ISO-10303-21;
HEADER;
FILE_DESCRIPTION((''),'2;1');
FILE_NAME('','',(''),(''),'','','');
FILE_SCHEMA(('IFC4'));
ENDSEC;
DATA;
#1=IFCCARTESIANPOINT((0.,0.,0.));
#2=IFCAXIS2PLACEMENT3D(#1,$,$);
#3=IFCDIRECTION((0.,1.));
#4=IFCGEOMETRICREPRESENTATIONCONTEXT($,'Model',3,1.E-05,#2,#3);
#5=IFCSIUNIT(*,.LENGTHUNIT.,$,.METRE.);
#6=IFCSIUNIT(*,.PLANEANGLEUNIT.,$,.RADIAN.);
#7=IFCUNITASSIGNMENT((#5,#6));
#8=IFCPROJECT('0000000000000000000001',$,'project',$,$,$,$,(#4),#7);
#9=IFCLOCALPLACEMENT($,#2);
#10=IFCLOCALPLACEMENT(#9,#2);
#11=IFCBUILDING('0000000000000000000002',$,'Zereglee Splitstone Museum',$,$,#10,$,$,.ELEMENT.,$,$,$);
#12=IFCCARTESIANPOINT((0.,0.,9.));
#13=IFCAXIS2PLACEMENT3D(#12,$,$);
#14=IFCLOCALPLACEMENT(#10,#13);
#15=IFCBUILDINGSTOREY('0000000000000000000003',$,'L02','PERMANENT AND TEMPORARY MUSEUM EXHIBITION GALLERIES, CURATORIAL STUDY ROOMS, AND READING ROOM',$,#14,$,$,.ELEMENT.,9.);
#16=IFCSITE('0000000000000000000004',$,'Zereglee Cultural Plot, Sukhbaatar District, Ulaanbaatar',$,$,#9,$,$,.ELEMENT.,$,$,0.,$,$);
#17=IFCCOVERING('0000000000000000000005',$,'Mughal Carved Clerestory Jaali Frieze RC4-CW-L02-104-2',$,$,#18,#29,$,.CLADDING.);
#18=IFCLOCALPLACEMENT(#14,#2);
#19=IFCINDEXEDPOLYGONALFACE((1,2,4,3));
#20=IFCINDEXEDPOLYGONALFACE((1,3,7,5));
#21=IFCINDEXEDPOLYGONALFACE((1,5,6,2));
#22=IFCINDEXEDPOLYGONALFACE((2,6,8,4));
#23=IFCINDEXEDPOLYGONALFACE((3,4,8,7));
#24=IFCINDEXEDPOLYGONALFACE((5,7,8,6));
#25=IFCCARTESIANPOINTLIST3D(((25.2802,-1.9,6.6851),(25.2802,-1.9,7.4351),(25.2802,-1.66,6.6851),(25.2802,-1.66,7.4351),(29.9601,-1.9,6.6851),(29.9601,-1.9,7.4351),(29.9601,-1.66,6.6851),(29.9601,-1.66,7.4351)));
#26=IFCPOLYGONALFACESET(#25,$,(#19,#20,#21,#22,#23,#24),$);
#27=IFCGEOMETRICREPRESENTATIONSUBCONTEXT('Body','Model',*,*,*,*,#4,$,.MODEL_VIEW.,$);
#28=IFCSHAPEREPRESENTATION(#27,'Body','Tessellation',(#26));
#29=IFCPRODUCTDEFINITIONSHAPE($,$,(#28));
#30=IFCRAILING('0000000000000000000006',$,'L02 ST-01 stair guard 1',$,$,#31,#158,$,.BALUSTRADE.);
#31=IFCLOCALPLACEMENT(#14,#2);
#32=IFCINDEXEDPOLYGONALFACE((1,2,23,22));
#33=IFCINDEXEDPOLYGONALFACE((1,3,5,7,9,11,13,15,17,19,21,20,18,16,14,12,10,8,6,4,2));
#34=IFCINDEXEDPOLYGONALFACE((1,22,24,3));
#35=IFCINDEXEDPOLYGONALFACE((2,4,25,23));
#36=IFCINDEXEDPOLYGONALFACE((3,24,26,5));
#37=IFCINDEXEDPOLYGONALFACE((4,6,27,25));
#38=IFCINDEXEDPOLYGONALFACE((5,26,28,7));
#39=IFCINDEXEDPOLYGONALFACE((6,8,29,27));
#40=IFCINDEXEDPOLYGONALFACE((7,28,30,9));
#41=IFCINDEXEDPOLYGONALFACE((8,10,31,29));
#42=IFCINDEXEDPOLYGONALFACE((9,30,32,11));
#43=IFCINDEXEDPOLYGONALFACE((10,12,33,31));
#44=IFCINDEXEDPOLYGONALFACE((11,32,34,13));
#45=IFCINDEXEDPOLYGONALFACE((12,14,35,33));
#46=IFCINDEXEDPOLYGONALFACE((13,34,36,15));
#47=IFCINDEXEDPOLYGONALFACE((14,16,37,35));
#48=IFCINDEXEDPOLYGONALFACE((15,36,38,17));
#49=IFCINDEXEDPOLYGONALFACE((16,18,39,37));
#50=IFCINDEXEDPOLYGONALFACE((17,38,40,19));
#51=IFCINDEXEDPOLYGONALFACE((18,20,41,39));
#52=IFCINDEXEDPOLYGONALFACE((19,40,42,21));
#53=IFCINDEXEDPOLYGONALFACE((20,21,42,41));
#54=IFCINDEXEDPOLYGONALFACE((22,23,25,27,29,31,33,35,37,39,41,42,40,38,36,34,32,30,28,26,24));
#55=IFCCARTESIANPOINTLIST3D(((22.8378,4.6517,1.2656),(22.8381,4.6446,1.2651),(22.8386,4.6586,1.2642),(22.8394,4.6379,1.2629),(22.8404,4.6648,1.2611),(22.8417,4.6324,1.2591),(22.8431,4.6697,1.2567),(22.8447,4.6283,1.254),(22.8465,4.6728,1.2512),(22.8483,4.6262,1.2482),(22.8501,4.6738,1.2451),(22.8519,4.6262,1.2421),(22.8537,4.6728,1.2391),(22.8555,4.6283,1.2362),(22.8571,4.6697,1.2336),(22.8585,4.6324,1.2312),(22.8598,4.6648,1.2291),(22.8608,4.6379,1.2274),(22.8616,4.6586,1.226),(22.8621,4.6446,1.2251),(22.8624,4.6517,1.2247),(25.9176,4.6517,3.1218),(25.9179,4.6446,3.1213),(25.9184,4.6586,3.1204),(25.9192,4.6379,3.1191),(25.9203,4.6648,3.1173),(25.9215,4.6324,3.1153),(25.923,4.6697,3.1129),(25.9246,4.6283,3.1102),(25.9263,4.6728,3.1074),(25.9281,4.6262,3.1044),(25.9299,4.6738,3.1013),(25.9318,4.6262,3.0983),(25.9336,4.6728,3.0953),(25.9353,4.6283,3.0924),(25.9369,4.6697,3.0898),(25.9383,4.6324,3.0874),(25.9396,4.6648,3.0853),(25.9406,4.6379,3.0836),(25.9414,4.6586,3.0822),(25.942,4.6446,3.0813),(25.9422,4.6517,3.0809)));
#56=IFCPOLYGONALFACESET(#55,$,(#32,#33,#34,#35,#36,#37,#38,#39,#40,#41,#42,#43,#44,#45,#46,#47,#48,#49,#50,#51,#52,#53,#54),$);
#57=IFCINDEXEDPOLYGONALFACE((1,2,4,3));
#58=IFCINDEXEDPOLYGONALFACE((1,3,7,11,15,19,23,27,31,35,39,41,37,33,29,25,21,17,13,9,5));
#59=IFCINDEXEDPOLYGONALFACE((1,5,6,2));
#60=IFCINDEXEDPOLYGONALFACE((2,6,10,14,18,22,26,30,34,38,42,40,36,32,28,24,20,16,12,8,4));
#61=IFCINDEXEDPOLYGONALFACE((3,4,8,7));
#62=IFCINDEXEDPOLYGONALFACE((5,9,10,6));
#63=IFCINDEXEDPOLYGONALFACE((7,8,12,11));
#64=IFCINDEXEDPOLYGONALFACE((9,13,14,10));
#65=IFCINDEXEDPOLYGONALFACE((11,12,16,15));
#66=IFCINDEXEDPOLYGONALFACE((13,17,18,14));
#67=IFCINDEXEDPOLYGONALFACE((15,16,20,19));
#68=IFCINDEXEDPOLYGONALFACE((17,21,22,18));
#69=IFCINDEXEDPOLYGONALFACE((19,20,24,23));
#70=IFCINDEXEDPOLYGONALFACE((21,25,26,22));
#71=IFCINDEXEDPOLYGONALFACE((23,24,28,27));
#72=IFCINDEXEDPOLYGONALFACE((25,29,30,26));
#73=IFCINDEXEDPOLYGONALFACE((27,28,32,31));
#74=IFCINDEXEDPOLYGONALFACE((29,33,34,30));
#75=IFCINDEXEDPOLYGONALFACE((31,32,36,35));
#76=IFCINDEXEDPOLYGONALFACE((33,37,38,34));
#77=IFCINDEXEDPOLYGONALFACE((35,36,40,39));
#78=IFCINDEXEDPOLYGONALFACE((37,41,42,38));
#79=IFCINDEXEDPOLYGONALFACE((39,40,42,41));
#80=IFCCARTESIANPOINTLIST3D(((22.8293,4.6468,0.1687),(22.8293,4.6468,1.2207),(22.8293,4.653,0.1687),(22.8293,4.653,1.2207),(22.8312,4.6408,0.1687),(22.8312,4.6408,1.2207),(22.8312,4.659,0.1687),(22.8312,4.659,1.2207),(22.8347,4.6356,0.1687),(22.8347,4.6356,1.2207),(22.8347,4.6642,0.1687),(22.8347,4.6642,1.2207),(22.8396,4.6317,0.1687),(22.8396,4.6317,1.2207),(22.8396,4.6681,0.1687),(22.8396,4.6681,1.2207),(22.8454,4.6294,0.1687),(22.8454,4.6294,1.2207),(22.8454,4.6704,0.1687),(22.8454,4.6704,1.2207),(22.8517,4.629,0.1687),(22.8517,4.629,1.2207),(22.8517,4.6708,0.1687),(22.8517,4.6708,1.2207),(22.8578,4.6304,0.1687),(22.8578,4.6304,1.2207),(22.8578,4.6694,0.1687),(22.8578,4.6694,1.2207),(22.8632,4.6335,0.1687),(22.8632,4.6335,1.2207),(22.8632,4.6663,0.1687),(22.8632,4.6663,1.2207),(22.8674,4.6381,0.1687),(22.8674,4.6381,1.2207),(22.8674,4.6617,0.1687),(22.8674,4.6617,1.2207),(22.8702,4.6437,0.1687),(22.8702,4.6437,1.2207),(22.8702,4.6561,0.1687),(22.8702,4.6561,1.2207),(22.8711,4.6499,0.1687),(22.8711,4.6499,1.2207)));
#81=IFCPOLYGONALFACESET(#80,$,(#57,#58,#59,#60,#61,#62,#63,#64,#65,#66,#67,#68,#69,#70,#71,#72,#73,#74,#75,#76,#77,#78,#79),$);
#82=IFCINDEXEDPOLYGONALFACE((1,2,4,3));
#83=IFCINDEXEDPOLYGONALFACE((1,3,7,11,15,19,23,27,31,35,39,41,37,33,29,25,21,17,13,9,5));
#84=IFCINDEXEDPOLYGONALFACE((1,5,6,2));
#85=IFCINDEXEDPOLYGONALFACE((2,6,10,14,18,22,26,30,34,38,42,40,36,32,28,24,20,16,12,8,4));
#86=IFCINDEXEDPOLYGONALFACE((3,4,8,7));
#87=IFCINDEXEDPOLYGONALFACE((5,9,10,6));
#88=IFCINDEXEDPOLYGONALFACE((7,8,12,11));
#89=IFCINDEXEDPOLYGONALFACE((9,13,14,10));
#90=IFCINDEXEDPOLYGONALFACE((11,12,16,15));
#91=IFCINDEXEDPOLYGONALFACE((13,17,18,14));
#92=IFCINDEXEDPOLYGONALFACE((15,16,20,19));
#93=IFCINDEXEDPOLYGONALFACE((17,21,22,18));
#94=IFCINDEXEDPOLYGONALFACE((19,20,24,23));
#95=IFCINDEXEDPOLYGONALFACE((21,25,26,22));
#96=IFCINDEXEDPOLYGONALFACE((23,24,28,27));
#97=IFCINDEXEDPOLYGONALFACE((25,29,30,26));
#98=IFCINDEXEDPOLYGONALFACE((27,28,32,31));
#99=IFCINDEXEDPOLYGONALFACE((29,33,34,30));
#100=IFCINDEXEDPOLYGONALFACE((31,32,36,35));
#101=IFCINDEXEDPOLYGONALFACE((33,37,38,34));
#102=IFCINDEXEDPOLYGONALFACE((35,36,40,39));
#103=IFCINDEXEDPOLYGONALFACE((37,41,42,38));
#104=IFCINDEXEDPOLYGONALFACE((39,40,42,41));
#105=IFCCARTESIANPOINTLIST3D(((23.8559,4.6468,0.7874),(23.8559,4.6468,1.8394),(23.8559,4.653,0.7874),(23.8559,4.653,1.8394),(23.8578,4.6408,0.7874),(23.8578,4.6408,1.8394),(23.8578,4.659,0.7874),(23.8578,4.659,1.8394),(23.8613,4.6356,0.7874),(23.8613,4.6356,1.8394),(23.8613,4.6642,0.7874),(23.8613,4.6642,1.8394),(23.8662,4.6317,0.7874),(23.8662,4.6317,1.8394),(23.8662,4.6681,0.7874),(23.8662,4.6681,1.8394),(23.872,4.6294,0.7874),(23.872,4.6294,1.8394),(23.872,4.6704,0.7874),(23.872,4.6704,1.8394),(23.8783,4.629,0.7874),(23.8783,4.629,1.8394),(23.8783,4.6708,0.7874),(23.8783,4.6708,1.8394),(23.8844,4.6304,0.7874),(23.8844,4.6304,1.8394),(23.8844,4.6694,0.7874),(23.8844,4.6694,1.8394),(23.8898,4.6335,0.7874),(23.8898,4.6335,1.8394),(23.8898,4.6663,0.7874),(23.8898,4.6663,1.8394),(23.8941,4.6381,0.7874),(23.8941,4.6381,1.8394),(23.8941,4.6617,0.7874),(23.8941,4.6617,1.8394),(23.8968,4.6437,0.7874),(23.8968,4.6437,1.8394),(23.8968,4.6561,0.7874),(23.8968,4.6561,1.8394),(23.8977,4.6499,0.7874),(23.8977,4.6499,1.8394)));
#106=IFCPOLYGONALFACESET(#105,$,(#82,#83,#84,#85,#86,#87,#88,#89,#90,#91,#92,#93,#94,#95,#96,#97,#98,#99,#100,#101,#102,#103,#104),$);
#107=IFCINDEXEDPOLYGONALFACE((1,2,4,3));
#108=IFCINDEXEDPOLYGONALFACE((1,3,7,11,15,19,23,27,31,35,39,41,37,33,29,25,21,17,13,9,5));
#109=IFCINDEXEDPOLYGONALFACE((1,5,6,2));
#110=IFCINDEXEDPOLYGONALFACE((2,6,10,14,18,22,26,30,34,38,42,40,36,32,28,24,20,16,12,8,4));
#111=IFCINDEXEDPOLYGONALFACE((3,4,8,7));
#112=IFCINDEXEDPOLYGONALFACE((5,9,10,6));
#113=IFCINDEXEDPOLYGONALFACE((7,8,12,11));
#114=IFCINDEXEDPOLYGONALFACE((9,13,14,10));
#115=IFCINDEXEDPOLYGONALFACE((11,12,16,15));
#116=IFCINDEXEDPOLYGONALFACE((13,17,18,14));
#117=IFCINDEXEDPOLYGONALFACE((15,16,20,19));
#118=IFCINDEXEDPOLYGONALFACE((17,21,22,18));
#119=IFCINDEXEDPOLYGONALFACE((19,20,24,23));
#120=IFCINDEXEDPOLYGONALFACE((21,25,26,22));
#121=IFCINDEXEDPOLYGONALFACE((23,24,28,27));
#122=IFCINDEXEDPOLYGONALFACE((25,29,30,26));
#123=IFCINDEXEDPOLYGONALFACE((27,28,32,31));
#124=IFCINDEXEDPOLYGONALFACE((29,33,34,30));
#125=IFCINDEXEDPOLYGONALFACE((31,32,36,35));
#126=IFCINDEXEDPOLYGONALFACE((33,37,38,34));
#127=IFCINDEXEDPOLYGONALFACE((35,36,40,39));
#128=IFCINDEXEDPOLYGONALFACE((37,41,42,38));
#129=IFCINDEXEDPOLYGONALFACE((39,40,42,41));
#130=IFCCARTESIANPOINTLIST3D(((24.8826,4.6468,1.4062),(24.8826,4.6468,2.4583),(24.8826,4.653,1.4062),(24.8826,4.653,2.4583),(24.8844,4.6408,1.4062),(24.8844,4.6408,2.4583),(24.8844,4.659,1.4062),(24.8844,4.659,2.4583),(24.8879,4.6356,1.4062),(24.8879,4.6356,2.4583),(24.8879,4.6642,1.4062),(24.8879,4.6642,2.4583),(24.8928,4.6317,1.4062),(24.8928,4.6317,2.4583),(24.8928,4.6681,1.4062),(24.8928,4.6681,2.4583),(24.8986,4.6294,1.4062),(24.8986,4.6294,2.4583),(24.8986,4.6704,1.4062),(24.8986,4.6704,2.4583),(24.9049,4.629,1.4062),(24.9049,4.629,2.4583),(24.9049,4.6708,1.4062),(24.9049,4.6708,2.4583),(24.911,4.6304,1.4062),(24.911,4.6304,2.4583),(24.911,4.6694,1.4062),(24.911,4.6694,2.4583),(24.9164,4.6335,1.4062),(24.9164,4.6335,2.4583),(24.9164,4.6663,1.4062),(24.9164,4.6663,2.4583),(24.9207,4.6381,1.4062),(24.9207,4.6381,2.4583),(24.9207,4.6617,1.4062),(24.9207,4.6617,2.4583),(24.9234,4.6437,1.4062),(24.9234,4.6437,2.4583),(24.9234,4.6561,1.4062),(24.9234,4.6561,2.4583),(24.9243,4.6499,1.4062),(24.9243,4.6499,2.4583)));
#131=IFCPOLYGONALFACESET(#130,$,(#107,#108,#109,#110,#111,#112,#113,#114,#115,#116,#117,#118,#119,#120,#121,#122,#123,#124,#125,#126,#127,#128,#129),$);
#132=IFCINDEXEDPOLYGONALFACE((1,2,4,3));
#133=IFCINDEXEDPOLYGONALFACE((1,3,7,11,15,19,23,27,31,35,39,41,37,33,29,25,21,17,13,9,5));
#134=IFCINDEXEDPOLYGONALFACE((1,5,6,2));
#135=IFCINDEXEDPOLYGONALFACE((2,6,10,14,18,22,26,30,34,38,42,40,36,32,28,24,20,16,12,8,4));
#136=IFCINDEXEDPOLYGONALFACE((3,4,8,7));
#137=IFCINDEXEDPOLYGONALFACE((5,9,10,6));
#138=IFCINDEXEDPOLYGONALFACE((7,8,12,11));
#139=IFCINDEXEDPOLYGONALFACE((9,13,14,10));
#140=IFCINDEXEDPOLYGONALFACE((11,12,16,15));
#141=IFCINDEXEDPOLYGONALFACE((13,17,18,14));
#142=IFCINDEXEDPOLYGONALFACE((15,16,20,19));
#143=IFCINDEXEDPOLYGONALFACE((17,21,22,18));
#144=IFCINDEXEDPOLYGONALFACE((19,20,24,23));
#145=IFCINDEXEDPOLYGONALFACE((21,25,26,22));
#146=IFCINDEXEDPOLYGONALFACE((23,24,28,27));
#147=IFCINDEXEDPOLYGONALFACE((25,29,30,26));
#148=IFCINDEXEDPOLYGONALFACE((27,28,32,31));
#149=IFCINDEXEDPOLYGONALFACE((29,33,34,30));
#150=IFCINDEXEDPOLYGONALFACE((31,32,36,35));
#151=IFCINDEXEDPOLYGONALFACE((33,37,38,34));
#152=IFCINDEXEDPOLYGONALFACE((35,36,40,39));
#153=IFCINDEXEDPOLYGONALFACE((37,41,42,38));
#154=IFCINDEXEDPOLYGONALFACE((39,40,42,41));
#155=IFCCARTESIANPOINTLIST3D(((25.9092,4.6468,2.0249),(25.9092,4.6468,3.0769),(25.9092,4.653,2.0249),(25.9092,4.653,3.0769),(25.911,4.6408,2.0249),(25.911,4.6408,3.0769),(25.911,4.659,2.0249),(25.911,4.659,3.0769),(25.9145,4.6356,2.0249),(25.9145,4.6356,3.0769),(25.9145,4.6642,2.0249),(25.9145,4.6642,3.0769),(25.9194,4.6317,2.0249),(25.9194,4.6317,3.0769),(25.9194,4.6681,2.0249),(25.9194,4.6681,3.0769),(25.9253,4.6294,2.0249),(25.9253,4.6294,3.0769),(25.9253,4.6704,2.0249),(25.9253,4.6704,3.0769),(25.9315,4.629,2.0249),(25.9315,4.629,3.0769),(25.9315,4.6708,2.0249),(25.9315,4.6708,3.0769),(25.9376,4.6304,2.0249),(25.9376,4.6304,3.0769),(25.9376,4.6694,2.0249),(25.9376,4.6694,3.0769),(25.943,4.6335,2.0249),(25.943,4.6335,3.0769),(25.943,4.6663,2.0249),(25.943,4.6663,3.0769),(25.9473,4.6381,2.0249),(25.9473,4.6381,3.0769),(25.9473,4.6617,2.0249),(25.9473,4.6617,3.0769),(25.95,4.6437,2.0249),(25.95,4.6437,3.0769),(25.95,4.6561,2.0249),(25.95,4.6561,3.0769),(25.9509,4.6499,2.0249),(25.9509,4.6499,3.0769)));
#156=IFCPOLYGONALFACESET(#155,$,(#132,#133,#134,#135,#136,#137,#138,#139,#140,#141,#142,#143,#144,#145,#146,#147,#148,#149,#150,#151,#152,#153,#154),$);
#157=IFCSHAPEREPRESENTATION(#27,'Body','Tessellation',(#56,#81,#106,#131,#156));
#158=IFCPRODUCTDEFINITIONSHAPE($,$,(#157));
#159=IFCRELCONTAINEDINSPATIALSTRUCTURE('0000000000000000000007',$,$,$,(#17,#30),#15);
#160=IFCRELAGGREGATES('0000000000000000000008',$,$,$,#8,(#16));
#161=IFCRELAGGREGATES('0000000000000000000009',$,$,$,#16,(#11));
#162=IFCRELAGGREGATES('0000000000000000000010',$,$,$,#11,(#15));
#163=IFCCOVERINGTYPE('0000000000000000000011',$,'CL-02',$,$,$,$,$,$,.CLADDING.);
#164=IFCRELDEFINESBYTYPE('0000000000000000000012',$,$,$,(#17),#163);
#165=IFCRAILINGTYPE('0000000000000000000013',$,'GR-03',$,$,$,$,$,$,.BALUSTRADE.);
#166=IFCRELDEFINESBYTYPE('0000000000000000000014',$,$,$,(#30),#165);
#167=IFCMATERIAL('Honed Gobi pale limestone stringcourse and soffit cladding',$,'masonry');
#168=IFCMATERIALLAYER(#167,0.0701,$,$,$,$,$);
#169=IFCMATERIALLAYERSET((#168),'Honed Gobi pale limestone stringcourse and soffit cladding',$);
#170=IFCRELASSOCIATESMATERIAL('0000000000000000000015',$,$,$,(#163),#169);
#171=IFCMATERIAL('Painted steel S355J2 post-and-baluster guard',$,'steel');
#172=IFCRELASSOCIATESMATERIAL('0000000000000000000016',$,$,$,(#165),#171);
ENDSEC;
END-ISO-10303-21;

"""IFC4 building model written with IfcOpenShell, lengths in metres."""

from ifc_helpers import new_model, si_unit, direction, frame, origin, origin_2d, place, context, subcontext, project, spatial, rectangle, circle, extrude, material, layer, layer_set, type_object, element, save


model = new_model("IFC4")

# Units and contexts
model_context = context("Model", 3, precision=1e-05, world=origin(), true_north=direction((0.0, 1.0)))
body_context = subcontext(model_context, "Body", "Model", "MODEL_VIEW")
ifc_project = project(units=[si_unit("LENGTHUNIT", "METRE"), si_unit("PLANEANGLEUNIT", "RADIAN")], contexts=[model_context])

# Site, building, storey
site_placement = place(None, origin())
site = spatial("IfcSite", under=ifc_project, at=site_placement, Name="Zereglee Cultural Plot, Sukhbaatar District, Ulaanbaatar", CompositionType="ELEMENT", RefElevation=0.0)
building_placement = place(site_placement, origin())
building = spatial("IfcBuilding", under=site, at=building_placement, Name="Zereglee Splitstone Museum", CompositionType="ELEMENT")
storey_placement = place(building_placement, frame((0.0, 0.0, 9.0)))
storey = spatial("IfcBuildingStorey", under=building, at=storey_placement, Name="L02", Description="PERMANENT AND TEMPORARY MUSEUM EXHIBITION GALLERIES, CURATORIAL STUDY ROOMS, AND READING ROOM", CompositionType="ELEMENT", Elevation=9.0)

# Covering
ifc_material_1 = material(Name="Honed Gobi pale limestone stringcourse and soffit cladding", Category="masonry")
ifc_layer_1 = layer(ifc_material_1, 0.0701)
ifc_layer_set_1 = layer_set([ifc_layer_1], Name="Honed Gobi pale limestone stringcourse and soffit cladding")
covering_type = type_object("IfcCoveringType", Name="CL-02", PredefinedType="CLADDING", material=ifc_layer_set_1)
covering_placement = place(storey_placement, frame((27.6201, -1.78, 6.6851), z_axis=(0.0, 0.0, 1.0), x_axis=(1.0, 0.0, 0.0)))
element("IfcCovering", 1, at=covering_placement, inside=storey, type_object=covering_type, Name="Mughal Carved Clerestory Jaali Frieze RC4-CW-L02-104-2", PredefinedType="CLADDING", context=body_context, shape_type="SweptSolid", body=[
    extrude(rectangle(XDim=4.6799, YDim=0.24, at=origin_2d()), origin(), (0.0, 0.0, 1.0), 0.75),
])

# Railing
ifc_material_2 = material(Name="Painted steel S355J2 post-and-baluster guard", Category="steel")
railing_type_1 = type_object("IfcRailingType", Name="GR-03", PredefinedType="BALUSTRADE", material=ifc_material_2)
railing_1_placement = place(storey_placement, frame((22.8501, 4.6499, 0.1687)))
element("IfcRailing", 2, at=railing_1_placement, inside=storey, type_object=railing_type_1, Name="L02 ST-01 stair guard 1", PredefinedType="BALUSTRADE", context=body_context, shape_type="SweptSolid", body=[
    extrude(circle(Radius=0.0239, at=origin_2d()), frame((0.0, 0.0, 1.0764), z_axis=(0.856473, 0.0, 0.516192), x_axis=(0.0, 1.0, 0.0)), (0.0, 0.0, 1.0), 3.5959),
    extrude(circle(Radius=0.021, at=origin_2d()), origin(), (0.0, 0.0, 1.0), 1.052),
    extrude(circle(Radius=0.021, at=origin_2d()), frame((1.0266, 0.0, 0.6187)), (0.0, 0.0, 1.0), 1.052),
    extrude(circle(Radius=0.021, at=origin_2d()), frame((2.0532, 0.0, 1.2375)), (0.0, 0.0, 1.0), 1.052),
    extrude(circle(Radius=0.021, at=origin_2d()), frame((3.0798, 0.0, 1.8562)), (0.0, 0.0, 1.0), 1.052),
])

save(model, "model.ifc")
